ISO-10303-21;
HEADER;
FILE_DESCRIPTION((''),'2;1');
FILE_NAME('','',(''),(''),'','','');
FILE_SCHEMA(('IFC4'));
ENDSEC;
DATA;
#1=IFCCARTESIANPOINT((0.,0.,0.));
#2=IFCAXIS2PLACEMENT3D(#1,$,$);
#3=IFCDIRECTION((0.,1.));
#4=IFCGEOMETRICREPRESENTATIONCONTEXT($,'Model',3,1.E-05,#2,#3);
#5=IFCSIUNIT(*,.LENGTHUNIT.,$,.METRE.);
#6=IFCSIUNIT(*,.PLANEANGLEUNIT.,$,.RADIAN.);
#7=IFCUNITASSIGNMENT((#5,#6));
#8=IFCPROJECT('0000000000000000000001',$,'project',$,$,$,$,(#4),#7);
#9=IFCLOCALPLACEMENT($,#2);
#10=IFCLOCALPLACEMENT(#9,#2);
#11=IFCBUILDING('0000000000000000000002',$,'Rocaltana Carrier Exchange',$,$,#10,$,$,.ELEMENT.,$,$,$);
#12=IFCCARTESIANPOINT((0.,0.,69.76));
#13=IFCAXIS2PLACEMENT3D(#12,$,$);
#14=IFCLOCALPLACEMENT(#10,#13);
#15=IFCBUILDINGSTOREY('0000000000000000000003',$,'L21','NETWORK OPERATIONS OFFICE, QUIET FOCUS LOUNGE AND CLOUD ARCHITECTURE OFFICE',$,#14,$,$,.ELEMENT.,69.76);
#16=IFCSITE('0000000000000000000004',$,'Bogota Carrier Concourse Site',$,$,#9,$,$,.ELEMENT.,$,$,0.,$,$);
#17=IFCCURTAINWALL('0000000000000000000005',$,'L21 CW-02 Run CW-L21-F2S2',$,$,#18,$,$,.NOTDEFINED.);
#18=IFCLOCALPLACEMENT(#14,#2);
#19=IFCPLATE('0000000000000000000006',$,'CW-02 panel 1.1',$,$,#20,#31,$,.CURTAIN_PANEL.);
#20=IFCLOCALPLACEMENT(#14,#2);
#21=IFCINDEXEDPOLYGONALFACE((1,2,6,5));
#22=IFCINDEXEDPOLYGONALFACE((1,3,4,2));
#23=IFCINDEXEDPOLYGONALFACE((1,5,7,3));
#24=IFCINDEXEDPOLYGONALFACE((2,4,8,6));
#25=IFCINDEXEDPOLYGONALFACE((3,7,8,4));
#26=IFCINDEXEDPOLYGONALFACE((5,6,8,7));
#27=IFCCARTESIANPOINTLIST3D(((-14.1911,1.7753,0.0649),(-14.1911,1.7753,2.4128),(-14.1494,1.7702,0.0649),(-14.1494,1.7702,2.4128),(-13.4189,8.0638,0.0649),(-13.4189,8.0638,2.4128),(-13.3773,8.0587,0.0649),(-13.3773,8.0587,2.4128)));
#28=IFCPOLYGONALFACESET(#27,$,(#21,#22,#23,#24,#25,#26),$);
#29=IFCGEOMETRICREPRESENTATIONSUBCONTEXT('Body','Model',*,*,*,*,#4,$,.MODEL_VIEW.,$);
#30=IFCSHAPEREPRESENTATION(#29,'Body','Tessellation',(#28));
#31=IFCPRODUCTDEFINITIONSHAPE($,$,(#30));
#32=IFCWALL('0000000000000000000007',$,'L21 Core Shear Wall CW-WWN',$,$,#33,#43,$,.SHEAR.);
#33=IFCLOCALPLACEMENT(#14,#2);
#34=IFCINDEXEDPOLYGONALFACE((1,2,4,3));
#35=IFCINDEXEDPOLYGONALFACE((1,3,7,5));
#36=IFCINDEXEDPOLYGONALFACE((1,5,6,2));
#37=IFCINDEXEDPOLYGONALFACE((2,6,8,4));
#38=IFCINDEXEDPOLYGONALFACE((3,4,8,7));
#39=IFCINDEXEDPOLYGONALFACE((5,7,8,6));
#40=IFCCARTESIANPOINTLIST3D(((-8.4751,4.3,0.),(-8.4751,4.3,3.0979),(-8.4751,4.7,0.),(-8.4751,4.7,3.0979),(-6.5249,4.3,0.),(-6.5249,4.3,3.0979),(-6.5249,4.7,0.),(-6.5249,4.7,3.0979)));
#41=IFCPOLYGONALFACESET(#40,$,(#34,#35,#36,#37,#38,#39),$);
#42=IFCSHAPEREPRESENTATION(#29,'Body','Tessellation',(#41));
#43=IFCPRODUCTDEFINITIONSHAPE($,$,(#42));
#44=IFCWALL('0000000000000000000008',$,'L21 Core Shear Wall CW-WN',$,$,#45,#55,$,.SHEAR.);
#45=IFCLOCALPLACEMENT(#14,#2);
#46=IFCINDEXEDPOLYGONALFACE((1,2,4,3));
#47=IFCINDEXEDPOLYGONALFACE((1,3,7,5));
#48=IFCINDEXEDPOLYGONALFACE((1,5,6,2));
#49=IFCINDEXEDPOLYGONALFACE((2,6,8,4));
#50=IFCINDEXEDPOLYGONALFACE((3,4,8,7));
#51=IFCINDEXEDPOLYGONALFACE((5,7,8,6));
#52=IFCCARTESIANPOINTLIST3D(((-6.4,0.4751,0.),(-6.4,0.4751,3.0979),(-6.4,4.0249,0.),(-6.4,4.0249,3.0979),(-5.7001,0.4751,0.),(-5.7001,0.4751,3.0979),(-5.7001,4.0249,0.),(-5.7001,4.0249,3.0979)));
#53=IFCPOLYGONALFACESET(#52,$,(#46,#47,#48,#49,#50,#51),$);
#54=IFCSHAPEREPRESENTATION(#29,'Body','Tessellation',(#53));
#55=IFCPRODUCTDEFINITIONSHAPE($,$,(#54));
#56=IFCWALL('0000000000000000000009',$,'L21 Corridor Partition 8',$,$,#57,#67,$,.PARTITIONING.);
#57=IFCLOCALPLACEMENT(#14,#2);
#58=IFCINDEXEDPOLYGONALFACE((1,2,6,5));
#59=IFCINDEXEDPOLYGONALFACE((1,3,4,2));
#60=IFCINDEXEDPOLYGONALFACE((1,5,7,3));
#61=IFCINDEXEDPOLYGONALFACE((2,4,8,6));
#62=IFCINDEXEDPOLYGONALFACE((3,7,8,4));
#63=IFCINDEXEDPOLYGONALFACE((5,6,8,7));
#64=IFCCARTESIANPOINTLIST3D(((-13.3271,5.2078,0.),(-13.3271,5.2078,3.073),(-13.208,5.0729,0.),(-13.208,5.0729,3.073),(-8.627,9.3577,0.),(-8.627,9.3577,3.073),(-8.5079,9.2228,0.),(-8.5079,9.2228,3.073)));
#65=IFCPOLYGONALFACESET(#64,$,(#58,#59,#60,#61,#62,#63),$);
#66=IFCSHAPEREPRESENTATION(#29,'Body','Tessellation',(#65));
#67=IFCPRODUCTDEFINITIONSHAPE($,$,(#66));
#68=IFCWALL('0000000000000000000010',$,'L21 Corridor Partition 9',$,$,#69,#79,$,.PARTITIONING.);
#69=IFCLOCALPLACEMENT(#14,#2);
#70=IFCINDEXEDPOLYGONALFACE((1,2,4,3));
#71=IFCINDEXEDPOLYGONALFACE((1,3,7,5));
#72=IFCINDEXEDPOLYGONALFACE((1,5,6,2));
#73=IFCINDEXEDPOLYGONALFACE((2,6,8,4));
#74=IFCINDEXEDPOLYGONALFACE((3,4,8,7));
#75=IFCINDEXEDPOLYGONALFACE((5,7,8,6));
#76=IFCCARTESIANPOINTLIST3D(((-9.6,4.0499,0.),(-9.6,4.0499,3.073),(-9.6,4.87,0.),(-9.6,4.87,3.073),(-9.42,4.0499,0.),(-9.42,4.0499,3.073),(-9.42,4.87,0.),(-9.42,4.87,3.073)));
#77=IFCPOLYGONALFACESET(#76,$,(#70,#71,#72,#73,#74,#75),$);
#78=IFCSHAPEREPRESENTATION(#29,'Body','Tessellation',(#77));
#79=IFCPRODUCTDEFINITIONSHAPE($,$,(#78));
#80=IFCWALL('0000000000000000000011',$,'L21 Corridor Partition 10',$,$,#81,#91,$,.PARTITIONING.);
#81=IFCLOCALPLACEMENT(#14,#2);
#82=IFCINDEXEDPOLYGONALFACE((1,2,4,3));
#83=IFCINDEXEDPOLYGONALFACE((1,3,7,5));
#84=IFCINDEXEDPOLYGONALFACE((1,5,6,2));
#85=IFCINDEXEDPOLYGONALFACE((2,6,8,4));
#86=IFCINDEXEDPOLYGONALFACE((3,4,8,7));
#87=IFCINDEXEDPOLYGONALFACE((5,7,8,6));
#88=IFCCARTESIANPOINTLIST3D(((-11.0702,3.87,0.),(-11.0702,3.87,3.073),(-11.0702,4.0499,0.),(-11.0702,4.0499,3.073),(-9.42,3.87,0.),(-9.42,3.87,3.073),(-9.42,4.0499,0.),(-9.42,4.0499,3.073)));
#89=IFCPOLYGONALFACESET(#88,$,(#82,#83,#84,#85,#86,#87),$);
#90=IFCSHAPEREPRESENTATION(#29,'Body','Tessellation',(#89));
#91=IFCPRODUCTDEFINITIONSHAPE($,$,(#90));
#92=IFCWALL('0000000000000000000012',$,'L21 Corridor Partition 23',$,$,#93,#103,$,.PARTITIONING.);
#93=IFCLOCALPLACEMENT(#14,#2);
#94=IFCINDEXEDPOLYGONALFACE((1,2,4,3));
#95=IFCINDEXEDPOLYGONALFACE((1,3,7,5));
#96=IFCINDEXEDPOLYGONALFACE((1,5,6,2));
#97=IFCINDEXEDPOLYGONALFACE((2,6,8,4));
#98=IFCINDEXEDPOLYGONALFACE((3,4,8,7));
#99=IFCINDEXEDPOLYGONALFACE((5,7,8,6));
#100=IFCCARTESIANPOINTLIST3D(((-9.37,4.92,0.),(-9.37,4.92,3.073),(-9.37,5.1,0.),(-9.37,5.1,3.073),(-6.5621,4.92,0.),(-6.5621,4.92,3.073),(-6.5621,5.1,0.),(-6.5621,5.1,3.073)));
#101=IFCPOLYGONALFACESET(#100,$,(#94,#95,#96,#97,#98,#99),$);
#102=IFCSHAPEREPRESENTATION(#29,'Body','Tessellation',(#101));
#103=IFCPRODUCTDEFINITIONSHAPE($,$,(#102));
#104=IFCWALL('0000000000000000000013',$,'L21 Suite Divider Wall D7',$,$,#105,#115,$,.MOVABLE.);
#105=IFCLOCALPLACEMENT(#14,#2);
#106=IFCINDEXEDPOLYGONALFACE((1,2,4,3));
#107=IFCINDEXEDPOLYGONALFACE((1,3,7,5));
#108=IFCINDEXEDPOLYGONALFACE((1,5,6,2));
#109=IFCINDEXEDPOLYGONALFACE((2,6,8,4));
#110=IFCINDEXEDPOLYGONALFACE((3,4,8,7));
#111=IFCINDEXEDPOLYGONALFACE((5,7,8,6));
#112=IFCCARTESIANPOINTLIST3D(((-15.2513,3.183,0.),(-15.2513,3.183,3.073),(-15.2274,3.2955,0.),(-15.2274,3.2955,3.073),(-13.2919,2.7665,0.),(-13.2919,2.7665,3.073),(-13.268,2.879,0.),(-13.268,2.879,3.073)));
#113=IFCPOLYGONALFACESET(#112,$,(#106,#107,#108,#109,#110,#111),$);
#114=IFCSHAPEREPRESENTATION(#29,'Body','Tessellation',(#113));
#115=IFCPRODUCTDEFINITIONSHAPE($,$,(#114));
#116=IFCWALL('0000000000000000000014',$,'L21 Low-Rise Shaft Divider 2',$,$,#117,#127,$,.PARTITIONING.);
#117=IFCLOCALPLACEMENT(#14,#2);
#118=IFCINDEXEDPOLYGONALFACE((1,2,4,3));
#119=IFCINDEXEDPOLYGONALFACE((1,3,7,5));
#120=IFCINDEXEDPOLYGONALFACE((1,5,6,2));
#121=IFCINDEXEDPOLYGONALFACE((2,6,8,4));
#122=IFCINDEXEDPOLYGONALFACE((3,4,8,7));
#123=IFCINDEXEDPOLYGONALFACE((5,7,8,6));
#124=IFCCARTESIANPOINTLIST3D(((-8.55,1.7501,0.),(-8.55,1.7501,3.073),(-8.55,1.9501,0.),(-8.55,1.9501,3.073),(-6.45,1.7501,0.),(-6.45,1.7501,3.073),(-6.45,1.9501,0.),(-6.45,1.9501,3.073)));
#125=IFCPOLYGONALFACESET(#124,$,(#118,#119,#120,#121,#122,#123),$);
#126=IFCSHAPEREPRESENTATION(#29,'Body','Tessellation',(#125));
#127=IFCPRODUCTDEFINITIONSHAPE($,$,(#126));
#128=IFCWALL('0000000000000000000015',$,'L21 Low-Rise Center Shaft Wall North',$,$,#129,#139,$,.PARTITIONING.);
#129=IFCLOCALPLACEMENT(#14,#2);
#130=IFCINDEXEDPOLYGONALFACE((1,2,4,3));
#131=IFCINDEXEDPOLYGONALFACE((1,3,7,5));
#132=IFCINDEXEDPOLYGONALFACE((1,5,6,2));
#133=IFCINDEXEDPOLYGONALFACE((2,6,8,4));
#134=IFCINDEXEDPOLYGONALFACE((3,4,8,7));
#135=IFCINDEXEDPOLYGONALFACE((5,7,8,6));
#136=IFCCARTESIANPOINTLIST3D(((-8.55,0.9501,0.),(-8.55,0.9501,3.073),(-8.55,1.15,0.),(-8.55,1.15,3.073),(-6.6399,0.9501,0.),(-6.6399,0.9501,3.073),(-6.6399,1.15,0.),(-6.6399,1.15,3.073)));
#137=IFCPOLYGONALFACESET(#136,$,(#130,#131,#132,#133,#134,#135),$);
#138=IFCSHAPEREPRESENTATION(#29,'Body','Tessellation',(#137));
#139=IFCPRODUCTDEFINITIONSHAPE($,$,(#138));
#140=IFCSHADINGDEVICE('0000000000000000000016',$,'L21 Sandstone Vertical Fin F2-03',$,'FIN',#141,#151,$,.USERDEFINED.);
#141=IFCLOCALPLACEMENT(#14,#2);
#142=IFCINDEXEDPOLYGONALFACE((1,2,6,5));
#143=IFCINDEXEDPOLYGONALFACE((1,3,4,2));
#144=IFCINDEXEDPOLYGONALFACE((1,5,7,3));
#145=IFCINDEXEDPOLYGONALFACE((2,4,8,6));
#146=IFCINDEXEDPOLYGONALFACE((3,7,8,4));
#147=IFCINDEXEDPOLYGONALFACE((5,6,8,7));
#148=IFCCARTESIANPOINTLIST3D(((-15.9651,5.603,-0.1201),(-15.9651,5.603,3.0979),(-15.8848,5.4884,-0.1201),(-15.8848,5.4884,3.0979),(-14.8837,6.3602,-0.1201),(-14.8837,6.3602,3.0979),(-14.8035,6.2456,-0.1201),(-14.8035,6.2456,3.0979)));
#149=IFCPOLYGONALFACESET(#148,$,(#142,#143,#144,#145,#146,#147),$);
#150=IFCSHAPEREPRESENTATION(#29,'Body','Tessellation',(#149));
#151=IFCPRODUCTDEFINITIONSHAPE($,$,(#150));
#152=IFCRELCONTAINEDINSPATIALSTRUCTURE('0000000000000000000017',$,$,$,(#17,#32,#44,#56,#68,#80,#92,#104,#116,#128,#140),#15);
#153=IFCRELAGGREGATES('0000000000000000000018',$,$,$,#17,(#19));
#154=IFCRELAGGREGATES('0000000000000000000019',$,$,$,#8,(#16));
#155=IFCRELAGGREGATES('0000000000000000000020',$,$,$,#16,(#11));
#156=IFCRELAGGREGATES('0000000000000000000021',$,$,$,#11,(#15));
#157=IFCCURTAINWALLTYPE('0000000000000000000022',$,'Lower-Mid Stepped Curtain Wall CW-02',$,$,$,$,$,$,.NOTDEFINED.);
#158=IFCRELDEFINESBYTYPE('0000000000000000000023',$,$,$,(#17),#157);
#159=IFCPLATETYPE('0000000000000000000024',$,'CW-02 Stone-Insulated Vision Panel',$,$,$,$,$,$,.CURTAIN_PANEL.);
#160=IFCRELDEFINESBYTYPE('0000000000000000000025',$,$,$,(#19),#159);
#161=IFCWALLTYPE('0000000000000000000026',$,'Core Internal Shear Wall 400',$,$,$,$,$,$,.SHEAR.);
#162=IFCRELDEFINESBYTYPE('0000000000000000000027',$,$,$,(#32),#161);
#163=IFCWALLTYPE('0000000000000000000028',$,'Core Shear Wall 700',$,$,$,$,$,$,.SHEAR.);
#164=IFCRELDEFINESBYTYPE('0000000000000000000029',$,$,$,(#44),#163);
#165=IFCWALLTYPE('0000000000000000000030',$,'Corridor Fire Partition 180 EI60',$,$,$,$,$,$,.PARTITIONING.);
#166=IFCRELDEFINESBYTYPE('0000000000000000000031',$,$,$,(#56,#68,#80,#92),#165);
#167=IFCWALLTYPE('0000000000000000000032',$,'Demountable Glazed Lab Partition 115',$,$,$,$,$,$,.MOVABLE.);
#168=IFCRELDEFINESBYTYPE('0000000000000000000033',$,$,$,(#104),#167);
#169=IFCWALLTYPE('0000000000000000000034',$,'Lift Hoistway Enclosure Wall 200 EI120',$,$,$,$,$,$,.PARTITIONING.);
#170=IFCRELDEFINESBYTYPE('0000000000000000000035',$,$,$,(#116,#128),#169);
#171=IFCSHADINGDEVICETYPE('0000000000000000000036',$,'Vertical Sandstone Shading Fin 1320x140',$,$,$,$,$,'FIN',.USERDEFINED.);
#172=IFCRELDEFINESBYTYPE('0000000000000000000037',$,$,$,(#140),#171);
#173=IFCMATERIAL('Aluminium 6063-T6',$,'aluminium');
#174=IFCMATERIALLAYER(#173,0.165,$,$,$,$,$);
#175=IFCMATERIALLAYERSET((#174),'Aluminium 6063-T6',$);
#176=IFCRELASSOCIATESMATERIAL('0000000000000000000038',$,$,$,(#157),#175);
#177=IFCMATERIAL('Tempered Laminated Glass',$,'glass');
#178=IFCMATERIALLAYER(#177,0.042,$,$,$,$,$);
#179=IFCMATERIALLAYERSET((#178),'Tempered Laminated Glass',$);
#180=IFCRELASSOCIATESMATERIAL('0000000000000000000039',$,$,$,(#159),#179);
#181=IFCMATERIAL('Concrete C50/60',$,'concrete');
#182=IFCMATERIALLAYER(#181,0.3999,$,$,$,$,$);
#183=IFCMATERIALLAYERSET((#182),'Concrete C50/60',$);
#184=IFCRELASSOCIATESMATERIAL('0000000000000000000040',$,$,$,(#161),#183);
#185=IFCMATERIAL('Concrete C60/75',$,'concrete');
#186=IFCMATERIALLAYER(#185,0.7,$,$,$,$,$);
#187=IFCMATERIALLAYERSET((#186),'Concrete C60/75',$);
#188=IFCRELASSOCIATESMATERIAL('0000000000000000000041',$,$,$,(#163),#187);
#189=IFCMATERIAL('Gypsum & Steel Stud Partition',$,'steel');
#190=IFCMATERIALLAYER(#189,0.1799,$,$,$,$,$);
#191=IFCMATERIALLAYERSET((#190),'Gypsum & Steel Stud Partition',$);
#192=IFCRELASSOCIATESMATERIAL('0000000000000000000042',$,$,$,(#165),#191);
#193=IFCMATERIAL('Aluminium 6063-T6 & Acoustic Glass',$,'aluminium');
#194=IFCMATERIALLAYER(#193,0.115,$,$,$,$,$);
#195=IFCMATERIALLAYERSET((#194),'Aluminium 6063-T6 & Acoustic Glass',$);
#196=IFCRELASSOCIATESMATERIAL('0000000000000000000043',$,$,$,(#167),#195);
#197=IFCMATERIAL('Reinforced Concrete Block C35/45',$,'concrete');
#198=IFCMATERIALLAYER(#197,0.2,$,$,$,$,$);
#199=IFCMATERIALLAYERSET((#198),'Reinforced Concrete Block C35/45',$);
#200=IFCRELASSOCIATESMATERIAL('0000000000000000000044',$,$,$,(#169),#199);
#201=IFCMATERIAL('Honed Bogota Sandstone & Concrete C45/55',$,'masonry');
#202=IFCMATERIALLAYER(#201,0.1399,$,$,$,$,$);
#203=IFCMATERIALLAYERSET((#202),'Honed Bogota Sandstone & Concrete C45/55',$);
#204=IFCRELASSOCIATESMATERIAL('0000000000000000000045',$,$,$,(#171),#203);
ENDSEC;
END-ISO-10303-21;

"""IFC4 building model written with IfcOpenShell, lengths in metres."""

from ifc_helpers import new_model, si_unit, direction, frame, frame_2d, origin, origin_2d, place, context, subcontext, project, spatial, rectangle, extrude, material, layer, layer_set, type_object, element, aggregate, save


model = new_model("IFC4")

# Units and contexts
model_context = context("Model", 3, precision=1e-05, world=origin(), true_north=direction((0.0, 1.0)))
body_context = subcontext(model_context, "Body", "Model", "MODEL_VIEW")
ifc_project = project(units=[si_unit("LENGTHUNIT", "METRE"), si_unit("PLANEANGLEUNIT", "RADIAN")], contexts=[model_context])

# Site, building, storey
site_placement = place(None, origin())
site = spatial("IfcSite", under=ifc_project, at=site_placement, Name="Bogota Carrier Concourse Site", CompositionType="ELEMENT", RefElevation=0.0)
building_placement = place(site_placement, origin())
building = spatial("IfcBuilding", under=site, at=building_placement, Name="Rocaltana Carrier Exchange", CompositionType="ELEMENT")
storey_placement = place(building_placement, frame((0.0, 0.0, 69.76)))
storey = spatial("IfcBuildingStorey", under=building, at=storey_placement, Name="L21", Description="NETWORK OPERATIONS OFFICE, QUIET FOCUS LOUNGE AND CLOUD ARCHITECTURE OFFICE", CompositionType="ELEMENT", Elevation=69.76)

# Curtain wall
ifc_material_1 = material(Name="Aluminium 6063-T6", Category="aluminium")
ifc_layer_1 = layer(ifc_material_1, 0.165)
ifc_layer_set_1 = layer_set([ifc_layer_1], Name="Aluminium 6063-T6")
curtain_wall_type = type_object("IfcCurtainWallType", Name="Lower-Mid Stepped Curtain Wall CW-02", PredefinedType="NOTDEFINED", material=ifc_layer_set_1)
curtain_wall_placement = place(storey_placement, origin())
curtain_wall = element("IfcCurtainWall", 1, at=curtain_wall_placement, inside=storey, type_object=curtain_wall_type, Name="L21 CW-02 Run CW-L21-F2S2", PredefinedType="NOTDEFINED")

# Plate
ifc_material_2 = material(Name="Tempered Laminated Glass", Category="glass")
ifc_layer_2 = layer(ifc_material_2, 0.042)
ifc_layer_set_2 = layer_set([ifc_layer_2], Name="Tempered Laminated Glass")
plate_type = type_object("IfcPlateType", Name="CW-02 Stone-Insulated Vision Panel", PredefinedType="CURTAIN_PANEL", material=ifc_layer_set_2)
plate_placement = place(storey_placement, frame((-13.7842, 4.917, 0.0649), z_axis=(0.0, 0.0, 1.0), x_axis=(-0.121874, -0.992546, 0.0)))
plate = element("IfcPlate", 2, at=plate_placement, type_object=plate_type, Name="CW-02 panel 1.1", PredefinedType="CURTAIN_PANEL", context=body_context, shape_type="SweptSolid", body=[
    extrude(rectangle(XDim=6.3357, YDim=0.042, at=origin_2d()), origin(), (0.0, 0.0, 1.0), 2.3479),
])
aggregate(curtain_wall, [plate])

# Walls
ifc_material_3 = material(Name="Concrete C50/60", Category="concrete")
ifc_layer_3 = layer(ifc_material_3, 0.3999)
ifc_layer_set_3 = layer_set([ifc_layer_3], Name="Concrete C50/60")
wall_type_1 = type_object("IfcWallType", Name="Core Internal Shear Wall 400", PredefinedType="SHEAR", material=ifc_layer_set_3)
wall_1_placement = place(storey_placement, frame((-8.4751, 4.5, 0.0), z_axis=(0.0, 0.0, 1.0), x_axis=(1.0, 0.0, 0.0)))
element("IfcWall", 3, at=wall_1_placement, inside=storey, type_object=wall_type_1, Name="L21 Core Shear Wall CW-WWN", PredefinedType="SHEAR", context=body_context, shape_type="SweptSolid", body=[
    extrude(rectangle(XDim=1.9502, YDim=0.3999, at=frame_2d((0.9751, 0.0))), origin(), (0.0, 0.0, 1.0), 3.0979),
])
ifc_material_4 = material(Name="Concrete C60/75", Category="concrete")
ifc_layer_4 = layer(ifc_material_4, 0.7)
ifc_layer_set_4 = layer_set([ifc_layer_4], Name="Concrete C60/75")
wall_type_2 = type_object("IfcWallType", Name="Core Shear Wall 700", PredefinedType="SHEAR", material=ifc_layer_set_4)
wall_2_placement = place(storey_placement, frame((-6.05, 0.4751, 0.0), z_axis=(0.0, 0.0, 1.0), x_axis=(0.0, 1.0, 0.0)))
element("IfcWall", 4, at=wall_2_placement, inside=storey, type_object=wall_type_2, Name="L21 Core Shear Wall CW-WN", PredefinedType="SHEAR", context=body_context, shape_type="SweptSolid", body=[
    extrude(rectangle(XDim=3.5498, YDim=0.7, at=frame_2d((1.7749, 0.0))), origin(), (0.0, 0.0, 1.0), 3.0979),
])
ifc_material_5 = material(Name="Gypsum & Steel Stud Partition", Category="steel")
ifc_layer_5 = layer(ifc_material_5, 0.1799)
ifc_layer_set_5 = layer_set([ifc_layer_5], Name="Gypsum & Steel Stud Partition")
wall_type_3 = type_object("IfcWallType", Name="Corridor Fire Partition 180 EI60", PredefinedType="PARTITIONING", material=ifc_layer_set_5)
wall_3_placement = place(storey_placement, frame((-13.2676, 5.1404, 0.0), z_axis=(0.0, 0.0, 1.0), x_axis=(0.749626, 0.661861, 0.0)))
element("IfcWall", 5, at=wall_3_placement, inside=storey, type_object=wall_type_3, Name="L21 Corridor Partition 8", PredefinedType="PARTITIONING", context=body_context, shape_type="SweptSolid", body=[
    extrude(rectangle(XDim=6.27, YDim=0.1799, at=frame_2d((3.135, 0.0))), origin(), (0.0, 0.0, 1.0), 3.073),
])
wall_4_placement = place(storey_placement, frame((-9.51, 4.8701, 0.0), z_axis=(0.0, 0.0, 1.0), x_axis=(0.0, -1.0, 0.0)))
element("IfcWall", 6, at=wall_4_placement, inside=storey, type_object=wall_type_3, Name="L21 Corridor Partition 9", PredefinedType="PARTITIONING", context=body_context, shape_type="SweptSolid", body=[
    extrude(rectangle(XDim=0.8201, YDim=0.1799, at=frame_2d((0.4102, 0.0))), origin(), (0.0, 0.0, 1.0), 3.073),
])
wall_5_placement = place(storey_placement, frame((-9.4199, 3.96, 0.0), z_axis=(0.0, 0.0, 1.0), x_axis=(-1.0, 0.0, 0.0)))
element("IfcWall", 7, at=wall_5_placement, inside=storey, type_object=wall_type_3, Name="L21 Corridor Partition 10", PredefinedType="PARTITIONING", context=body_context, shape_type="SweptSolid", body=[
    extrude(rectangle(XDim=1.6501, YDim=0.1799, at=frame_2d((0.8252, 0.0))), origin(), (0.0, 0.0, 1.0), 3.073),
])
wall_6_placement = place(storey_placement, frame((-6.5623, 5.01, 0.0), z_axis=(0.0, 0.0, 1.0), x_axis=(-1.0, 0.0, 0.0)))
element("IfcWall", 8, at=wall_6_placement, inside=storey, type_object=wall_type_3, Name="L21 Corridor Partition 23", PredefinedType="PARTITIONING", context=body_context, shape_type="SweptSolid", body=[
    extrude(rectangle(XDim=2.8079, YDim=0.1799, at=frame_2d((1.4038, 0.0))), origin(), (0.0, 0.0, 1.0), 3.073),
])
ifc_material_6 = material(Name="Aluminium 6063-T6 & Acoustic Glass", Category="aluminium")
ifc_layer_6 = layer(ifc_material_6, 0.115)
ifc_layer_set_6 = layer_set([ifc_layer_6], Name="Aluminium 6063-T6 & Acoustic Glass")
wall_type_4 = type_object("IfcWallType", Name="Demountable Glazed Lab Partition 115", PredefinedType="MOVABLE", material=ifc_layer_set_6)
wall_7_placement = place(storey_placement, frame((-13.28, 2.8228, 0.0), z_axis=(0.0, 0.0, 1.0), x_axis=(-0.978147, 0.207914, 0.0)))
element("IfcWall", 9, at=wall_7_placement, inside=storey, type_object=wall_type_4, Name="L21 Suite Divider Wall D7", PredefinedType="MOVABLE", context=body_context, shape_type="SweptSolid", body=[
    extrude(rectangle(XDim=2.0032, YDim=0.115, at=frame_2d((1.0015, 0.0))), origin(), (0.0, 0.0, 1.0), 3.073),
])
ifc_material_7 = material(Name="Reinforced Concrete Block C35/45", Category="concrete")
ifc_layer_7 = layer(ifc_material_7, 0.2)
ifc_layer_set_7 = layer_set([ifc_layer_7], Name="Reinforced Concrete Block C35/45")
wall_type_5 = type_object("IfcWallType", Name="Lift Hoistway Enclosure Wall 200 EI120", PredefinedType="PARTITIONING", material=ifc_layer_set_7)
wall_8_placement = place(storey_placement, frame((-8.55, 1.8501, 0.0), z_axis=(0.0, 0.0, 1.0), x_axis=(1.0, 0.0, 0.0)))
element("IfcWall", 10, at=wall_8_placement, inside=storey, type_object=wall_type_5, Name="L21 Low-Rise Shaft Divider 2", PredefinedType="PARTITIONING", context=body_context, shape_type="SweptSolid", body=[
    extrude(rectangle(XDim=2.1001, YDim=0.2, at=frame_2d((1.05, 0.0))), origin(), (0.0, 0.0, 1.0), 3.073),
])
wall_9_placement = place(storey_placement, frame((-8.55, 1.05, 0.0), z_axis=(0.0, 0.0, 1.0), x_axis=(1.0, 0.0, 0.0)))
element("IfcWall", 11, at=wall_9_placement, inside=storey, type_object=wall_type_5, Name="L21 Low-Rise Center Shaft Wall North", PredefinedType="PARTITIONING", context=body_context, shape_type="SweptSolid", body=[
    extrude(rectangle(XDim=1.9102, YDim=0.2, at=frame_2d((0.9551, 0.0))), origin(), (0.0, 0.0, 1.0), 3.073),
])

# Shading device
ifc_material_8 = material(Name="Honed Bogota Sandstone & Concrete C45/55", Category="masonry")
ifc_layer_8 = layer(ifc_material_8, 0.1399)
ifc_layer_set_8 = layer_set([ifc_layer_8], Name="Honed Bogota Sandstone & Concrete C45/55")
shading_device_type = type_object("IfcShadingDeviceType", Name="Vertical Sandstone Shading Fin 1320x140", ElementType="FIN", PredefinedType="USERDEFINED", material=ifc_layer_set_8)
shading_device_placement = place(storey_placement, frame((-15.3843, 5.9243, -0.1201), z_axis=(0.0, 0.0, 1.0), x_axis=(-0.819152, -0.573576, 0.0)))
element("IfcShadingDevice", 12, at=shading_device_placement, inside=storey, type_object=shading_device_type, Name="L21 Sandstone Vertical Fin F2-03", ObjectType="FIN", PredefinedType="USERDEFINED", context=body_context, shape_type="SweptSolid", body=[
    extrude(rectangle(XDim=1.3201, YDim=0.1399, at=origin_2d()), origin(), (0.0, 0.0, 1.0), 3.218),
])

save(model, "model.ifc")
